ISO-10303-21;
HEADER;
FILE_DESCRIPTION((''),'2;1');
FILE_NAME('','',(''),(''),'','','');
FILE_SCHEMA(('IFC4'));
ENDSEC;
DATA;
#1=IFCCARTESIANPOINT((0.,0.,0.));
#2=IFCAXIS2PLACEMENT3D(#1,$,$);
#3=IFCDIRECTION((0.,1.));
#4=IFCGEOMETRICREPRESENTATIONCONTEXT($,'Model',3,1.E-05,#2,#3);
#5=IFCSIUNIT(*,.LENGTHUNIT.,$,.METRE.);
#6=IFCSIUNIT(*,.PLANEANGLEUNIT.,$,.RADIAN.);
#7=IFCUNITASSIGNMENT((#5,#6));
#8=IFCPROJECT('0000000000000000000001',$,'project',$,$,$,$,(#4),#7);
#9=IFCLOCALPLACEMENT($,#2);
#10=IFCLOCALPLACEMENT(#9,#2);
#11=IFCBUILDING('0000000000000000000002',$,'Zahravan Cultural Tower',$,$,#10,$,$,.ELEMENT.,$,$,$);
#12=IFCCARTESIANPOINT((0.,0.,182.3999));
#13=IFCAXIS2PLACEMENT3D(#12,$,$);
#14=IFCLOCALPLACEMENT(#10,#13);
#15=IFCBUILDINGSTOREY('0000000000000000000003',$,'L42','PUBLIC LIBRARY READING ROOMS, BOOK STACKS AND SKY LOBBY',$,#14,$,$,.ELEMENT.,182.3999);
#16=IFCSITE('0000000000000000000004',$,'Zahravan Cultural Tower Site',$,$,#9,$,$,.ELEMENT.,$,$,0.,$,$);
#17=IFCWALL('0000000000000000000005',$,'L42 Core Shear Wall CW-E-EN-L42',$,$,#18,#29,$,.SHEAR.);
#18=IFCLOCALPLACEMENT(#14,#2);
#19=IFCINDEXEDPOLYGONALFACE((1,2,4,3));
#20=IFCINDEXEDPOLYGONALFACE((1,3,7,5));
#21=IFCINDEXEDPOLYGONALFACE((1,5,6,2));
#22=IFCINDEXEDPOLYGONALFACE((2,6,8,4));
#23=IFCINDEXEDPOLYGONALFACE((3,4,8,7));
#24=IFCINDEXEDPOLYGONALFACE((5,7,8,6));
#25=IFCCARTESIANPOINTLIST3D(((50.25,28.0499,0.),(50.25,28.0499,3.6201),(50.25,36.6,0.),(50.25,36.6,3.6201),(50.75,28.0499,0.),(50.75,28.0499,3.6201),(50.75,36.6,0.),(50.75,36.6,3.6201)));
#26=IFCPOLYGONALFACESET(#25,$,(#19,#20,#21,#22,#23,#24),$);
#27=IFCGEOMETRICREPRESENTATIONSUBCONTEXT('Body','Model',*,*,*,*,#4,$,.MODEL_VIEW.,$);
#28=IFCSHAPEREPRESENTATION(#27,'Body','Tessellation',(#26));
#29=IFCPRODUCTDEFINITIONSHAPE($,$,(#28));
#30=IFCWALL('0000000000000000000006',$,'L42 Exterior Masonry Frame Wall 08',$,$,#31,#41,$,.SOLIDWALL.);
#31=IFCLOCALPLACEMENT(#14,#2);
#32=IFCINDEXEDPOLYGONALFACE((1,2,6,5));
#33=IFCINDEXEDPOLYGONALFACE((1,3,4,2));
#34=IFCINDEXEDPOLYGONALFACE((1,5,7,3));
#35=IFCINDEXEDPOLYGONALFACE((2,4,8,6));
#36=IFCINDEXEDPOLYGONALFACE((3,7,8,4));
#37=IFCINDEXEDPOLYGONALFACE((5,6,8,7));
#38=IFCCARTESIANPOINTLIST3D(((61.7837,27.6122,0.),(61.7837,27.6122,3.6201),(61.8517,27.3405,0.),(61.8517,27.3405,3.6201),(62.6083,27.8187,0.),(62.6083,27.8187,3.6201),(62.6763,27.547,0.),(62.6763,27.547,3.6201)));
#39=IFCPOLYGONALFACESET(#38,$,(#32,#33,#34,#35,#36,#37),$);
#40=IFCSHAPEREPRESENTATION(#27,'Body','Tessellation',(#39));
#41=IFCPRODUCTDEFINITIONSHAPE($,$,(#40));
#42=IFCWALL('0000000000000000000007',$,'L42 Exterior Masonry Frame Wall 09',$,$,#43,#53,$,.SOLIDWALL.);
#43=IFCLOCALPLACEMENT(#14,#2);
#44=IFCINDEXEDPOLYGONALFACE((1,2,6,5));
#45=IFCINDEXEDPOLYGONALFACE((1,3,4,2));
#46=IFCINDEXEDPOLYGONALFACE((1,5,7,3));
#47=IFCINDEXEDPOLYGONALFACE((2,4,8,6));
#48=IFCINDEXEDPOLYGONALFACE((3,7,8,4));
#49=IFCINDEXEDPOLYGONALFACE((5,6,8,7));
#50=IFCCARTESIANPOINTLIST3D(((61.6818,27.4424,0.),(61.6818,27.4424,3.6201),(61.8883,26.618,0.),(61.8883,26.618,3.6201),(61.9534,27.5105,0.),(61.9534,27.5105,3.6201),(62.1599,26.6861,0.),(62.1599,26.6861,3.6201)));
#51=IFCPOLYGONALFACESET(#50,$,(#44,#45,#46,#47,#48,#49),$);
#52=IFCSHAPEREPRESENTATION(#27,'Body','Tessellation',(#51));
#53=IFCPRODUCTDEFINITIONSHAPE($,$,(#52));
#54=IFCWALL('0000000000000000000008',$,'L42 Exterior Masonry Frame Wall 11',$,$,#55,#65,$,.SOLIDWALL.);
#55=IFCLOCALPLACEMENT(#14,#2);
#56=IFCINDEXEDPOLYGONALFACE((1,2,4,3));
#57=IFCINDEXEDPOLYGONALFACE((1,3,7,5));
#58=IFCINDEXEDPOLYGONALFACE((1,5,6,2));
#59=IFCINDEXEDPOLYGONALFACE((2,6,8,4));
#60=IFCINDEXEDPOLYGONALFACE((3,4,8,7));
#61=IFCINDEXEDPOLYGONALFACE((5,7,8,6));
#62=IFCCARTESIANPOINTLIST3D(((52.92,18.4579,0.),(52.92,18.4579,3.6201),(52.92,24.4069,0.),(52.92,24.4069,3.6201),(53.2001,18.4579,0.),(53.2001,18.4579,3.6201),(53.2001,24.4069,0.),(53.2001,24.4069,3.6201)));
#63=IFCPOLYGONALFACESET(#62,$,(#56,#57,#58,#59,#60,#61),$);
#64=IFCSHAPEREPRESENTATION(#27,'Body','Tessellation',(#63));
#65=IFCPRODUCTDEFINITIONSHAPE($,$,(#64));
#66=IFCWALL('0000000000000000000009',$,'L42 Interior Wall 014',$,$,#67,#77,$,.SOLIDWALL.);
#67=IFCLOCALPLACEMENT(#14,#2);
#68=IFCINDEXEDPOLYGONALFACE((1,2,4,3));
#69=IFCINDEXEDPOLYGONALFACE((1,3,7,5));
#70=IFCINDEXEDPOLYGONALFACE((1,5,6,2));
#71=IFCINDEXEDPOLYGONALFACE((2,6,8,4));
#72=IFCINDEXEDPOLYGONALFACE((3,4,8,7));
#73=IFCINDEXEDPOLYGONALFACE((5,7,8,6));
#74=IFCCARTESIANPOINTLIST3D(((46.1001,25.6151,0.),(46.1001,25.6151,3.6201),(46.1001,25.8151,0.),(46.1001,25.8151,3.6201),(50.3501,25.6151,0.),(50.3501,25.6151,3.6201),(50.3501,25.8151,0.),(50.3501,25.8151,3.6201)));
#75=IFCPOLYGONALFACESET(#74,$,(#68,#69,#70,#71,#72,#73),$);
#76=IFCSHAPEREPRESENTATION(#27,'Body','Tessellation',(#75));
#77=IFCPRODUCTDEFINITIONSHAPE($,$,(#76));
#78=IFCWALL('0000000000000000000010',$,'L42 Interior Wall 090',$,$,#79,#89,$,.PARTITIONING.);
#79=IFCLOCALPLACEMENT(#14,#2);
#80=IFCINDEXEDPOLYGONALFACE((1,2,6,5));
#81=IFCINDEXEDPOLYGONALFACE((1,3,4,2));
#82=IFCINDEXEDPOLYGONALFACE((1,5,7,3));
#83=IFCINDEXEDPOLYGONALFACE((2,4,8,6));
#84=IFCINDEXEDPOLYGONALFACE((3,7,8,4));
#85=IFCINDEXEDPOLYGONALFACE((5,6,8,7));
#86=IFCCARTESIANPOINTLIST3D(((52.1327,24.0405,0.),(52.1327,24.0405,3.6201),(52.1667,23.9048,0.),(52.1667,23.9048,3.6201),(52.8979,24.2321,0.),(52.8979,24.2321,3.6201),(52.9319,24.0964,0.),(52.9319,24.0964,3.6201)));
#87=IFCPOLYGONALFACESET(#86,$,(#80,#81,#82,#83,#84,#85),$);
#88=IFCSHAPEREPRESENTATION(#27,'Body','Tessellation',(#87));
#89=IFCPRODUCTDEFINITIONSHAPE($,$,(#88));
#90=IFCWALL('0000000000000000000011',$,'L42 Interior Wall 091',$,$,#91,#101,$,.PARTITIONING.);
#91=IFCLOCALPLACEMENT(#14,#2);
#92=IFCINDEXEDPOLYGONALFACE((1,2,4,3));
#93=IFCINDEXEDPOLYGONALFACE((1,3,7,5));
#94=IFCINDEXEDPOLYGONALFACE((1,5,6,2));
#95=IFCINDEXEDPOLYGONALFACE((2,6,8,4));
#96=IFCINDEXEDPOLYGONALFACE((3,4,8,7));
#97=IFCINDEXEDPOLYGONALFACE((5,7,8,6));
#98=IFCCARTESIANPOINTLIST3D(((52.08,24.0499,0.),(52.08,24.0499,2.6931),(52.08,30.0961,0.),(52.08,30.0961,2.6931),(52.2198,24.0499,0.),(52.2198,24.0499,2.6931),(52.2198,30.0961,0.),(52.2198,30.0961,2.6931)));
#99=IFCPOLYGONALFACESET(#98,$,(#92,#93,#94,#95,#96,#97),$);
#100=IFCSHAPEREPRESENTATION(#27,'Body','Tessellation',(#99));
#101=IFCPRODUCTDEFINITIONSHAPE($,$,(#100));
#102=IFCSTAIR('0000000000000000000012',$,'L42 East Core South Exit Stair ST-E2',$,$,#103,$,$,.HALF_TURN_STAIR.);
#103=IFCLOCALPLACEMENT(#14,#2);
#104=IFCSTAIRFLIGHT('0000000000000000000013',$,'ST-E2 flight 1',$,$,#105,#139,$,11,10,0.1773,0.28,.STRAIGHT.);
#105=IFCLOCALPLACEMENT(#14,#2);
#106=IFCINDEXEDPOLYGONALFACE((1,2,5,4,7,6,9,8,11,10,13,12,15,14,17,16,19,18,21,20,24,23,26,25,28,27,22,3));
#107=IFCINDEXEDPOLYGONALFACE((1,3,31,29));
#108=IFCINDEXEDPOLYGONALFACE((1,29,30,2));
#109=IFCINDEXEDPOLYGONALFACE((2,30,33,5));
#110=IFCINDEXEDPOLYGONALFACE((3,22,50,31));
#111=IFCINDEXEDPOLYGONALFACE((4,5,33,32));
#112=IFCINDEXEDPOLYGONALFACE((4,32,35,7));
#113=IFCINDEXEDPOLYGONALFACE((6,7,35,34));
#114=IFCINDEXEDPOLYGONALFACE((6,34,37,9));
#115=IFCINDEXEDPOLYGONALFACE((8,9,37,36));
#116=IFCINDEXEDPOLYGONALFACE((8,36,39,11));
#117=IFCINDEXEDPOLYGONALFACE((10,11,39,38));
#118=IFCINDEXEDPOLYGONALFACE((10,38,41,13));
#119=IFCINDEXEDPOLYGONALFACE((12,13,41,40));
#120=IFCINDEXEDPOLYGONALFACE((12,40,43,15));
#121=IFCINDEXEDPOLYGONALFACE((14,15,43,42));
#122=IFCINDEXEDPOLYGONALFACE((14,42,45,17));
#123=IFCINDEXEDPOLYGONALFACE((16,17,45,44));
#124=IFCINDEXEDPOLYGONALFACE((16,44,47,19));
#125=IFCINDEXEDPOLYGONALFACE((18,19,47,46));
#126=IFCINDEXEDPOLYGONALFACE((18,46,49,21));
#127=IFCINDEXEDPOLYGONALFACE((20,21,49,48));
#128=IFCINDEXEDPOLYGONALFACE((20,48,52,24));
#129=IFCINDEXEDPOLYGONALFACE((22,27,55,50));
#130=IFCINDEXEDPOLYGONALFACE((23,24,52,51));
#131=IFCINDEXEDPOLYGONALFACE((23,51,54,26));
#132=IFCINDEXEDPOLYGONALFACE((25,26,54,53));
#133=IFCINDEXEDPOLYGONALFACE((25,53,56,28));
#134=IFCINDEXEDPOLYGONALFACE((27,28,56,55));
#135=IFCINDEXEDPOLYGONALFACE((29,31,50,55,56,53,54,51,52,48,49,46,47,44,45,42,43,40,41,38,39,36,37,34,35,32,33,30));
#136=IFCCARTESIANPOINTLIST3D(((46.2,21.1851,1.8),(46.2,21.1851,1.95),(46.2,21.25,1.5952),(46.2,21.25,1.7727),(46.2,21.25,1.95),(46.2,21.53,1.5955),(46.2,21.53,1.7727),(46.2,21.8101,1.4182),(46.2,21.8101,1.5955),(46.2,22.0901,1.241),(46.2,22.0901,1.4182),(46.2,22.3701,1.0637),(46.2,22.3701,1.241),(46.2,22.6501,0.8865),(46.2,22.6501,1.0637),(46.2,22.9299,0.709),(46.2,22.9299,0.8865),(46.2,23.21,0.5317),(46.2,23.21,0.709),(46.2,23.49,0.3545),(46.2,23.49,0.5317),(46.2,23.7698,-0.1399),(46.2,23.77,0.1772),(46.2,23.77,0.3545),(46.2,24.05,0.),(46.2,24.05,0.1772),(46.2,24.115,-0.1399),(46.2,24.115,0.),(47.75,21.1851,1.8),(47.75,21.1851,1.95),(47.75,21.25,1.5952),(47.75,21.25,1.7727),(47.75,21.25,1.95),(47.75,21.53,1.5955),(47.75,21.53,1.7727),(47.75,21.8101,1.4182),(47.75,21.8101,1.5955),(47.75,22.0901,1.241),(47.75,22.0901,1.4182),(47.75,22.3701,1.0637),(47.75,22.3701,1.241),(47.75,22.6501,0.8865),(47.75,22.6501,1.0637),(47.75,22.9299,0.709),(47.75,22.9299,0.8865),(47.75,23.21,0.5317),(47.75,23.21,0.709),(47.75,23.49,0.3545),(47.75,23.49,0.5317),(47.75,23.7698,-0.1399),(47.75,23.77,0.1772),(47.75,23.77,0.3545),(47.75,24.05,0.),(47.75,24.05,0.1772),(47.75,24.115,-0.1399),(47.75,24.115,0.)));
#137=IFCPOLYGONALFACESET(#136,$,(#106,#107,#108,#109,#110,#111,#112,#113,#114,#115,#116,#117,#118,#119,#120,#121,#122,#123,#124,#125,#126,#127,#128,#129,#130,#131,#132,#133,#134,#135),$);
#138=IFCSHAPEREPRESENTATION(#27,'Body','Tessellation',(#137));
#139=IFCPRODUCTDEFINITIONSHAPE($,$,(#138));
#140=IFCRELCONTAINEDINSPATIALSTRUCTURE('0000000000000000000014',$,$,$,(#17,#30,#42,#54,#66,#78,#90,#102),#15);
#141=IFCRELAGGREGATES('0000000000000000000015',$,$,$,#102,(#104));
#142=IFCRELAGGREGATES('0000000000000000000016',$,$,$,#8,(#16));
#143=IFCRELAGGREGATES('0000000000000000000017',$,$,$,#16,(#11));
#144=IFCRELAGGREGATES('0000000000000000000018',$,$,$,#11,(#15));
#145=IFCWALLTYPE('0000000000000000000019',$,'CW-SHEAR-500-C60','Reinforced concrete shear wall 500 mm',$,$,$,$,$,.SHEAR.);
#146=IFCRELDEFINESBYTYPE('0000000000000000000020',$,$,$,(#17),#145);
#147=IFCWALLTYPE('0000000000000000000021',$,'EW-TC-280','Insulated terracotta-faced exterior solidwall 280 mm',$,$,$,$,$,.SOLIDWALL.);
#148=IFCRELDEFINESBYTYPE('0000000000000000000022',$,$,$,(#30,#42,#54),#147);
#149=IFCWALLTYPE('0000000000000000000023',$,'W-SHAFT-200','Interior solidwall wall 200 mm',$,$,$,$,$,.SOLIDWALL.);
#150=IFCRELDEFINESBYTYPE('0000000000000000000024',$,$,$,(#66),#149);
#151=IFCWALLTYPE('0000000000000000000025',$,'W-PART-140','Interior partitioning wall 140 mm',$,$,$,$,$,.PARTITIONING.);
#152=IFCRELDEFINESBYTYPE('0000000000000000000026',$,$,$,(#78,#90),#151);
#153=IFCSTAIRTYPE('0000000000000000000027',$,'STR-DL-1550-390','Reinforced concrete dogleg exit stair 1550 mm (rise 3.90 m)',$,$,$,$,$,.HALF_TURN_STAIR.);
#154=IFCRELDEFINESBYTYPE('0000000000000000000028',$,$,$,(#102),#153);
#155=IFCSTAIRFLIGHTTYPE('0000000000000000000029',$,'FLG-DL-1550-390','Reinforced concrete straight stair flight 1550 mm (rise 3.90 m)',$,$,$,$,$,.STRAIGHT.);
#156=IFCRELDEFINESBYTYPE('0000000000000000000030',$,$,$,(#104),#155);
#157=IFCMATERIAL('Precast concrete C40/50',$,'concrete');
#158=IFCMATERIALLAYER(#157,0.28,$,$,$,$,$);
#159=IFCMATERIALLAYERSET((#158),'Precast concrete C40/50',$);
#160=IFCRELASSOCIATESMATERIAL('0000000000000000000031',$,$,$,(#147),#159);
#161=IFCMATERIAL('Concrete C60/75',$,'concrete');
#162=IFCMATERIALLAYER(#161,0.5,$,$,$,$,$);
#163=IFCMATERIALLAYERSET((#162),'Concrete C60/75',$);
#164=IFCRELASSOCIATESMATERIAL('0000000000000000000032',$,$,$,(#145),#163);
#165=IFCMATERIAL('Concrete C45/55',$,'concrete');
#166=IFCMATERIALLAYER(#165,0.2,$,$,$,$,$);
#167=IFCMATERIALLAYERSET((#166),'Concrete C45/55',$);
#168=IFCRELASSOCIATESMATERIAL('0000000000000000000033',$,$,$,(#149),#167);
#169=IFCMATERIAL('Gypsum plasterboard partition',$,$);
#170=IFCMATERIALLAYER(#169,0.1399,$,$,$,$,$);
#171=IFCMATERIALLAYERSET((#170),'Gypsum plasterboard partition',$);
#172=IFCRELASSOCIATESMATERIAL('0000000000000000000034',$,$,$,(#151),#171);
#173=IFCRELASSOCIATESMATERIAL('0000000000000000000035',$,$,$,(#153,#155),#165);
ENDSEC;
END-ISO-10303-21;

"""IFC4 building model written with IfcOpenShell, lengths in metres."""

from ifc_helpers import new_model, si_unit, direction, frame, frame_2d, origin, place, context, subcontext, project, spatial, polyline, rectangle, outline, extrude, source, transform, mapped, material, layer, layer_set, type_object, element, aggregate, save


model = new_model("IFC4")

# Units and contexts
model_context = context("Model", 3, precision=1e-05, world=origin(), true_north=direction((0.0, 1.0)))
body_context = subcontext(model_context, "Body", "Model", "MODEL_VIEW")
ifc_project = project(units=[si_unit("LENGTHUNIT", "METRE"), si_unit("PLANEANGLEUNIT", "RADIAN")], contexts=[model_context])

# Site, building, storey
site_placement = place(None, origin())
site = spatial("IfcSite", under=ifc_project, at=site_placement, Name="Zahravan Cultural Tower Site", CompositionType="ELEMENT", RefElevation=0.0)
building_placement = place(site_placement, origin())
building = spatial("IfcBuilding", under=site, at=building_placement, Name="Zahravan Cultural Tower", CompositionType="ELEMENT")
storey_placement = place(building_placement, frame((0.0, 0.0, 182.3999)))
storey = spatial("IfcBuildingStorey", under=building, at=storey_placement, Name="L42", Description="PUBLIC LIBRARY READING ROOMS, BOOK STACKS AND SKY LOBBY", CompositionType="ELEMENT", Elevation=182.3999)

# Shared definitions
ifc_material_1 = material(Name="Precast concrete C40/50", Category="concrete")
ifc_layer_1 = layer(ifc_material_1, 0.28)
ifc_layer_set_1 = layer_set([ifc_layer_1], Name="Precast concrete C40/50")
wall_type_1 = type_object("IfcWallType", Name="EW-TC-280", Description="Insulated terracotta-faced exterior solidwall 280 mm", PredefinedType="SOLIDWALL", material=ifc_layer_set_1)

# Walls
ifc_material_2 = material(Name="Concrete C60/75", Category="concrete")
ifc_layer_2 = layer(ifc_material_2, 0.5)
ifc_layer_set_2 = layer_set([ifc_layer_2], Name="Concrete C60/75")
wall_type_2 = type_object("IfcWallType", Name="CW-SHEAR-500-C60", Description="Reinforced concrete shear wall 500 mm", PredefinedType="SHEAR", material=ifc_layer_set_2)
shared_shape_1 = source(origin(), body_context, "Body", "SweptSolid", [
    extrude(rectangle(XDim=8.55, YDim=0.5, at=frame_2d((4.2749, 0.0))), origin(), (0.0, 0.0, 1.0), 3.6201),
])
wall_1_placement = place(storey_placement, frame((50.5, 28.05, 0.0), z_axis=(0.0, 0.0, 1.0), x_axis=(0.0, 1.0, 0.0)))
element("IfcWall", 1, at=wall_1_placement, inside=storey, type_object=wall_type_2, Name="L42 Core Shear Wall CW-E-EN-L42", PredefinedType="SHEAR", context=body_context, shape_type="MappedRepresentation", body=[
    mapped(shared_shape_1, transform((0.0, 0.0, 0.0), x_axis=(1.0, 0.0, 0.0), y_axis=(0.0, 1.0, 0.0), z_axis=(0.0, 0.0, 1.0), scale=1.0)),
])
shared_shape_2 = source(origin(), body_context, "Body", "SweptSolid", [
    extrude(rectangle(XDim=0.8501, YDim=0.28, at=frame_2d((0.425, 0.0))), origin(), (0.0, 0.0, 1.0), 3.6201),
])
wall_2_placement = place(storey_placement, frame((62.6423, 27.6829, 0.0), z_axis=(0.0, 0.0, 1.0), x_axis=(-0.970041, -0.242941, 0.0)))
element("IfcWall", 2, at=wall_2_placement, inside=storey, type_object=wall_type_1, Name="L42 Exterior Masonry Frame Wall 08", PredefinedType="SOLIDWALL", context=body_context, shape_type="MappedRepresentation", body=[
    mapped(shared_shape_2, transform((0.0, 0.0, 0.0), x_axis=(1.0, 0.0, 0.0), y_axis=(0.0, 1.0, 0.0), z_axis=(0.0, 0.0, 1.0), scale=1.0)),
])
shared_shape_3 = source(origin(), body_context, "Body", "SweptSolid", [
    extrude(rectangle(XDim=0.8499, YDim=0.28, at=frame_2d((0.4248, 0.0))), origin(), (0.0, 0.0, 1.0), 3.6201),
])
wall_3_placement = place(storey_placement, frame((61.8176, 27.4763, 0.0), z_axis=(0.0, 0.0, 1.0), x_axis=(0.243009, -0.970024, 0.0)))
element("IfcWall", 3, at=wall_3_placement, inside=storey, type_object=wall_type_1, Name="L42 Exterior Masonry Frame Wall 09", PredefinedType="SOLIDWALL", context=body_context, shape_type="MappedRepresentation", body=[
    mapped(shared_shape_3, transform((0.0, 0.0, 0.0), x_axis=(1.0, 0.0, 0.0), y_axis=(0.0, 1.0, 0.0), z_axis=(0.0, 0.0, 1.0), scale=1.0)),
])
shared_shape_4 = source(origin(), body_context, "Body", "SweptSolid", [
    extrude(rectangle(XDim=5.949, YDim=0.28, at=frame_2d((2.9746, 0.0))), origin(), (0.0, 0.0, 1.0), 3.6201),
])
wall_4_placement = place(storey_placement, frame((53.0601, 24.407, 0.0), z_axis=(0.0, 0.0, 1.0), x_axis=(0.0, -1.0, 0.0)))
element("IfcWall", 4, at=wall_4_placement, inside=storey, type_object=wall_type_1, Name="L42 Exterior Masonry Frame Wall 11", PredefinedType="SOLIDWALL", context=body_context, shape_type="MappedRepresentation", body=[
    mapped(shared_shape_4, transform((0.0, 0.0, 0.0), x_axis=(1.0, 0.0, 0.0), y_axis=(0.0, 1.0, 0.0), z_axis=(0.0, 0.0, 1.0), scale=1.0)),
])
ifc_material_3 = material(Name="Concrete C45/55", Category="concrete")
ifc_layer_3 = layer(ifc_material_3, 0.2)
ifc_layer_set_3 = layer_set([ifc_layer_3], Name="Concrete C45/55")
wall_type_3 = type_object("IfcWallType", Name="W-SHAFT-200", Description="Interior solidwall wall 200 mm", PredefinedType="SOLIDWALL", material=ifc_layer_set_3)
shared_shape_5 = source(origin(), body_context, "Body", "SweptSolid", [
    extrude(rectangle(XDim=4.25, YDim=0.2, at=frame_2d((2.125, 0.0))), origin(), (0.0, 0.0, 1.0), 3.6201),
])
wall_5_placement = place(storey_placement, frame((46.1001, 25.7151, 0.0), z_axis=(0.0, 0.0, 1.0), x_axis=(1.0, 0.0, 0.0)))
element("IfcWall", 5, at=wall_5_placement, inside=storey, type_object=wall_type_3, Name="L42 Interior Wall 014", PredefinedType="SOLIDWALL", context=body_context, shape_type="MappedRepresentation", body=[
    mapped(shared_shape_5, transform((0.0, 0.0, 0.0), x_axis=(1.0, 0.0, 0.0), y_axis=(0.0, 1.0, 0.0), z_axis=(0.0, 0.0, 1.0), scale=1.0)),
])
ifc_material_4 = material(Name="Gypsum plasterboard partition")
ifc_layer_4 = layer(ifc_material_4, 0.1399)
ifc_layer_set_4 = layer_set([ifc_layer_4], Name="Gypsum plasterboard partition")
wall_type_4 = type_object("IfcWallType", Name="W-PART-140", Description="Interior partitioning wall 140 mm", PredefinedType="PARTITIONING", material=ifc_layer_set_4)
shared_shape_6 = source(origin(), body_context, "Body", "SweptSolid", [
    extrude(rectangle(XDim=0.7888, YDim=0.1399, at=frame_2d((0.3945, 0.0))), origin(), (0.0, 0.0, 1.0), 3.6201),
])
wall_6_placement = place(storey_placement, frame((52.915, 24.1643, 0.0), z_axis=(0.0, 0.0, 1.0), x_axis=(-0.970033, -0.242973, 0.0)))
element("IfcWall", 6, at=wall_6_placement, inside=storey, type_object=wall_type_4, Name="L42 Interior Wall 090", PredefinedType="PARTITIONING", context=body_context, shape_type="MappedRepresentation", body=[
    mapped(shared_shape_6, transform((0.0, 0.0, 0.0), x_axis=(1.0, 0.0, 0.0), y_axis=(0.0, 1.0, 0.0), z_axis=(0.0, 0.0, 1.0), scale=1.0)),
])
shared_shape_7 = source(origin(), body_context, "Body", "SweptSolid", [
    extrude(rectangle(XDim=6.0461, YDim=0.1399, at=frame_2d((3.0229, 0.0))), origin(), (0.0, 0.0, 1.0), 2.6931),
])
wall_7_placement = place(storey_placement, frame((52.1499, 24.05, 0.0), z_axis=(0.0, 0.0, 1.0), x_axis=(0.0, 1.0, 0.0)))
element("IfcWall", 7, at=wall_7_placement, inside=storey, type_object=wall_type_4, Name="L42 Interior Wall 091", PredefinedType="PARTITIONING", context=body_context, shape_type="MappedRepresentation", body=[
    mapped(shared_shape_7, transform((0.0, 0.0, 0.0), x_axis=(1.0, 0.0, 0.0), y_axis=(0.0, 1.0, 0.0), z_axis=(0.0, 0.0, 1.0), scale=1.0)),
])

# Stair, stair flight
stair_type = type_object("IfcStairType", Name="STR-DL-1550-390", Description="Reinforced concrete dogleg exit stair 1550 mm (rise 3.90 m)", PredefinedType="HALF_TURN_STAIR", material=ifc_material_3)
stair_placement = place(storey_placement, origin())
stair = element("IfcStair", 8, at=stair_placement, inside=storey, type_object=stair_type, Name="L42 East Core South Exit Stair ST-E2", PredefinedType="HALF_TURN_STAIR")
stair_flight_type = type_object("IfcStairFlightType", Name="FLG-DL-1550-390", Description="Reinforced concrete straight stair flight 1550 mm (rise 3.90 m)", PredefinedType="STRAIGHT", material=ifc_material_3)
stair_flight_placement = place(storey_placement, frame((46.9751, 24.05, 0.0), z_axis=(0.0, 0.0, 1.0), x_axis=(0.0, -1.0, 0.0)))
stair_flight = element("IfcStairFlight", 9, at=stair_flight_placement, type_object=stair_flight_type, Name="ST-E2 flight 1", NumberOfRisers=11, NumberOfTreads=10, PredefinedType="STRAIGHT", RiserHeight=0.1773, TreadLength=0.28, context=body_context, shape_type="SweptSolid", body=[
    extrude(outline(polyline([(-0.0649, -0.1399), (-0.0649, 0.0), (0.0, 0.0), (0.0, 0.1772), (0.28, 0.1772), (0.28, 0.3545), (0.5601, 0.3545), (0.5601, 0.5317), (0.8401, 0.5317), (0.8401, 0.709), (1.1201, 0.709), (1.1201, 0.8865), (1.3999, 0.8865), (1.3999, 1.0637), (1.6799, 1.0637), (1.6799, 1.241), (1.96, 1.241), (1.96, 1.4182), (2.24, 1.4182), (2.24, 1.5955), (2.52, 1.5955), (2.52, 1.7727), (2.8, 1.7727), (2.8, 1.95), (2.865, 1.95), (2.865, 1.8), (2.8, 1.5952), (0.2803, -0.1399), (-0.0649, -0.1399)])), frame((0.0, 0.7749, 0.0), z_axis=(0.0, -1.0, 0.0), x_axis=(1.0, 0.0, 0.0)), (0.0, 0.0, 1.0), 1.55),
])
aggregate(stair, [stair_flight])

save(model, "model.ifc")
